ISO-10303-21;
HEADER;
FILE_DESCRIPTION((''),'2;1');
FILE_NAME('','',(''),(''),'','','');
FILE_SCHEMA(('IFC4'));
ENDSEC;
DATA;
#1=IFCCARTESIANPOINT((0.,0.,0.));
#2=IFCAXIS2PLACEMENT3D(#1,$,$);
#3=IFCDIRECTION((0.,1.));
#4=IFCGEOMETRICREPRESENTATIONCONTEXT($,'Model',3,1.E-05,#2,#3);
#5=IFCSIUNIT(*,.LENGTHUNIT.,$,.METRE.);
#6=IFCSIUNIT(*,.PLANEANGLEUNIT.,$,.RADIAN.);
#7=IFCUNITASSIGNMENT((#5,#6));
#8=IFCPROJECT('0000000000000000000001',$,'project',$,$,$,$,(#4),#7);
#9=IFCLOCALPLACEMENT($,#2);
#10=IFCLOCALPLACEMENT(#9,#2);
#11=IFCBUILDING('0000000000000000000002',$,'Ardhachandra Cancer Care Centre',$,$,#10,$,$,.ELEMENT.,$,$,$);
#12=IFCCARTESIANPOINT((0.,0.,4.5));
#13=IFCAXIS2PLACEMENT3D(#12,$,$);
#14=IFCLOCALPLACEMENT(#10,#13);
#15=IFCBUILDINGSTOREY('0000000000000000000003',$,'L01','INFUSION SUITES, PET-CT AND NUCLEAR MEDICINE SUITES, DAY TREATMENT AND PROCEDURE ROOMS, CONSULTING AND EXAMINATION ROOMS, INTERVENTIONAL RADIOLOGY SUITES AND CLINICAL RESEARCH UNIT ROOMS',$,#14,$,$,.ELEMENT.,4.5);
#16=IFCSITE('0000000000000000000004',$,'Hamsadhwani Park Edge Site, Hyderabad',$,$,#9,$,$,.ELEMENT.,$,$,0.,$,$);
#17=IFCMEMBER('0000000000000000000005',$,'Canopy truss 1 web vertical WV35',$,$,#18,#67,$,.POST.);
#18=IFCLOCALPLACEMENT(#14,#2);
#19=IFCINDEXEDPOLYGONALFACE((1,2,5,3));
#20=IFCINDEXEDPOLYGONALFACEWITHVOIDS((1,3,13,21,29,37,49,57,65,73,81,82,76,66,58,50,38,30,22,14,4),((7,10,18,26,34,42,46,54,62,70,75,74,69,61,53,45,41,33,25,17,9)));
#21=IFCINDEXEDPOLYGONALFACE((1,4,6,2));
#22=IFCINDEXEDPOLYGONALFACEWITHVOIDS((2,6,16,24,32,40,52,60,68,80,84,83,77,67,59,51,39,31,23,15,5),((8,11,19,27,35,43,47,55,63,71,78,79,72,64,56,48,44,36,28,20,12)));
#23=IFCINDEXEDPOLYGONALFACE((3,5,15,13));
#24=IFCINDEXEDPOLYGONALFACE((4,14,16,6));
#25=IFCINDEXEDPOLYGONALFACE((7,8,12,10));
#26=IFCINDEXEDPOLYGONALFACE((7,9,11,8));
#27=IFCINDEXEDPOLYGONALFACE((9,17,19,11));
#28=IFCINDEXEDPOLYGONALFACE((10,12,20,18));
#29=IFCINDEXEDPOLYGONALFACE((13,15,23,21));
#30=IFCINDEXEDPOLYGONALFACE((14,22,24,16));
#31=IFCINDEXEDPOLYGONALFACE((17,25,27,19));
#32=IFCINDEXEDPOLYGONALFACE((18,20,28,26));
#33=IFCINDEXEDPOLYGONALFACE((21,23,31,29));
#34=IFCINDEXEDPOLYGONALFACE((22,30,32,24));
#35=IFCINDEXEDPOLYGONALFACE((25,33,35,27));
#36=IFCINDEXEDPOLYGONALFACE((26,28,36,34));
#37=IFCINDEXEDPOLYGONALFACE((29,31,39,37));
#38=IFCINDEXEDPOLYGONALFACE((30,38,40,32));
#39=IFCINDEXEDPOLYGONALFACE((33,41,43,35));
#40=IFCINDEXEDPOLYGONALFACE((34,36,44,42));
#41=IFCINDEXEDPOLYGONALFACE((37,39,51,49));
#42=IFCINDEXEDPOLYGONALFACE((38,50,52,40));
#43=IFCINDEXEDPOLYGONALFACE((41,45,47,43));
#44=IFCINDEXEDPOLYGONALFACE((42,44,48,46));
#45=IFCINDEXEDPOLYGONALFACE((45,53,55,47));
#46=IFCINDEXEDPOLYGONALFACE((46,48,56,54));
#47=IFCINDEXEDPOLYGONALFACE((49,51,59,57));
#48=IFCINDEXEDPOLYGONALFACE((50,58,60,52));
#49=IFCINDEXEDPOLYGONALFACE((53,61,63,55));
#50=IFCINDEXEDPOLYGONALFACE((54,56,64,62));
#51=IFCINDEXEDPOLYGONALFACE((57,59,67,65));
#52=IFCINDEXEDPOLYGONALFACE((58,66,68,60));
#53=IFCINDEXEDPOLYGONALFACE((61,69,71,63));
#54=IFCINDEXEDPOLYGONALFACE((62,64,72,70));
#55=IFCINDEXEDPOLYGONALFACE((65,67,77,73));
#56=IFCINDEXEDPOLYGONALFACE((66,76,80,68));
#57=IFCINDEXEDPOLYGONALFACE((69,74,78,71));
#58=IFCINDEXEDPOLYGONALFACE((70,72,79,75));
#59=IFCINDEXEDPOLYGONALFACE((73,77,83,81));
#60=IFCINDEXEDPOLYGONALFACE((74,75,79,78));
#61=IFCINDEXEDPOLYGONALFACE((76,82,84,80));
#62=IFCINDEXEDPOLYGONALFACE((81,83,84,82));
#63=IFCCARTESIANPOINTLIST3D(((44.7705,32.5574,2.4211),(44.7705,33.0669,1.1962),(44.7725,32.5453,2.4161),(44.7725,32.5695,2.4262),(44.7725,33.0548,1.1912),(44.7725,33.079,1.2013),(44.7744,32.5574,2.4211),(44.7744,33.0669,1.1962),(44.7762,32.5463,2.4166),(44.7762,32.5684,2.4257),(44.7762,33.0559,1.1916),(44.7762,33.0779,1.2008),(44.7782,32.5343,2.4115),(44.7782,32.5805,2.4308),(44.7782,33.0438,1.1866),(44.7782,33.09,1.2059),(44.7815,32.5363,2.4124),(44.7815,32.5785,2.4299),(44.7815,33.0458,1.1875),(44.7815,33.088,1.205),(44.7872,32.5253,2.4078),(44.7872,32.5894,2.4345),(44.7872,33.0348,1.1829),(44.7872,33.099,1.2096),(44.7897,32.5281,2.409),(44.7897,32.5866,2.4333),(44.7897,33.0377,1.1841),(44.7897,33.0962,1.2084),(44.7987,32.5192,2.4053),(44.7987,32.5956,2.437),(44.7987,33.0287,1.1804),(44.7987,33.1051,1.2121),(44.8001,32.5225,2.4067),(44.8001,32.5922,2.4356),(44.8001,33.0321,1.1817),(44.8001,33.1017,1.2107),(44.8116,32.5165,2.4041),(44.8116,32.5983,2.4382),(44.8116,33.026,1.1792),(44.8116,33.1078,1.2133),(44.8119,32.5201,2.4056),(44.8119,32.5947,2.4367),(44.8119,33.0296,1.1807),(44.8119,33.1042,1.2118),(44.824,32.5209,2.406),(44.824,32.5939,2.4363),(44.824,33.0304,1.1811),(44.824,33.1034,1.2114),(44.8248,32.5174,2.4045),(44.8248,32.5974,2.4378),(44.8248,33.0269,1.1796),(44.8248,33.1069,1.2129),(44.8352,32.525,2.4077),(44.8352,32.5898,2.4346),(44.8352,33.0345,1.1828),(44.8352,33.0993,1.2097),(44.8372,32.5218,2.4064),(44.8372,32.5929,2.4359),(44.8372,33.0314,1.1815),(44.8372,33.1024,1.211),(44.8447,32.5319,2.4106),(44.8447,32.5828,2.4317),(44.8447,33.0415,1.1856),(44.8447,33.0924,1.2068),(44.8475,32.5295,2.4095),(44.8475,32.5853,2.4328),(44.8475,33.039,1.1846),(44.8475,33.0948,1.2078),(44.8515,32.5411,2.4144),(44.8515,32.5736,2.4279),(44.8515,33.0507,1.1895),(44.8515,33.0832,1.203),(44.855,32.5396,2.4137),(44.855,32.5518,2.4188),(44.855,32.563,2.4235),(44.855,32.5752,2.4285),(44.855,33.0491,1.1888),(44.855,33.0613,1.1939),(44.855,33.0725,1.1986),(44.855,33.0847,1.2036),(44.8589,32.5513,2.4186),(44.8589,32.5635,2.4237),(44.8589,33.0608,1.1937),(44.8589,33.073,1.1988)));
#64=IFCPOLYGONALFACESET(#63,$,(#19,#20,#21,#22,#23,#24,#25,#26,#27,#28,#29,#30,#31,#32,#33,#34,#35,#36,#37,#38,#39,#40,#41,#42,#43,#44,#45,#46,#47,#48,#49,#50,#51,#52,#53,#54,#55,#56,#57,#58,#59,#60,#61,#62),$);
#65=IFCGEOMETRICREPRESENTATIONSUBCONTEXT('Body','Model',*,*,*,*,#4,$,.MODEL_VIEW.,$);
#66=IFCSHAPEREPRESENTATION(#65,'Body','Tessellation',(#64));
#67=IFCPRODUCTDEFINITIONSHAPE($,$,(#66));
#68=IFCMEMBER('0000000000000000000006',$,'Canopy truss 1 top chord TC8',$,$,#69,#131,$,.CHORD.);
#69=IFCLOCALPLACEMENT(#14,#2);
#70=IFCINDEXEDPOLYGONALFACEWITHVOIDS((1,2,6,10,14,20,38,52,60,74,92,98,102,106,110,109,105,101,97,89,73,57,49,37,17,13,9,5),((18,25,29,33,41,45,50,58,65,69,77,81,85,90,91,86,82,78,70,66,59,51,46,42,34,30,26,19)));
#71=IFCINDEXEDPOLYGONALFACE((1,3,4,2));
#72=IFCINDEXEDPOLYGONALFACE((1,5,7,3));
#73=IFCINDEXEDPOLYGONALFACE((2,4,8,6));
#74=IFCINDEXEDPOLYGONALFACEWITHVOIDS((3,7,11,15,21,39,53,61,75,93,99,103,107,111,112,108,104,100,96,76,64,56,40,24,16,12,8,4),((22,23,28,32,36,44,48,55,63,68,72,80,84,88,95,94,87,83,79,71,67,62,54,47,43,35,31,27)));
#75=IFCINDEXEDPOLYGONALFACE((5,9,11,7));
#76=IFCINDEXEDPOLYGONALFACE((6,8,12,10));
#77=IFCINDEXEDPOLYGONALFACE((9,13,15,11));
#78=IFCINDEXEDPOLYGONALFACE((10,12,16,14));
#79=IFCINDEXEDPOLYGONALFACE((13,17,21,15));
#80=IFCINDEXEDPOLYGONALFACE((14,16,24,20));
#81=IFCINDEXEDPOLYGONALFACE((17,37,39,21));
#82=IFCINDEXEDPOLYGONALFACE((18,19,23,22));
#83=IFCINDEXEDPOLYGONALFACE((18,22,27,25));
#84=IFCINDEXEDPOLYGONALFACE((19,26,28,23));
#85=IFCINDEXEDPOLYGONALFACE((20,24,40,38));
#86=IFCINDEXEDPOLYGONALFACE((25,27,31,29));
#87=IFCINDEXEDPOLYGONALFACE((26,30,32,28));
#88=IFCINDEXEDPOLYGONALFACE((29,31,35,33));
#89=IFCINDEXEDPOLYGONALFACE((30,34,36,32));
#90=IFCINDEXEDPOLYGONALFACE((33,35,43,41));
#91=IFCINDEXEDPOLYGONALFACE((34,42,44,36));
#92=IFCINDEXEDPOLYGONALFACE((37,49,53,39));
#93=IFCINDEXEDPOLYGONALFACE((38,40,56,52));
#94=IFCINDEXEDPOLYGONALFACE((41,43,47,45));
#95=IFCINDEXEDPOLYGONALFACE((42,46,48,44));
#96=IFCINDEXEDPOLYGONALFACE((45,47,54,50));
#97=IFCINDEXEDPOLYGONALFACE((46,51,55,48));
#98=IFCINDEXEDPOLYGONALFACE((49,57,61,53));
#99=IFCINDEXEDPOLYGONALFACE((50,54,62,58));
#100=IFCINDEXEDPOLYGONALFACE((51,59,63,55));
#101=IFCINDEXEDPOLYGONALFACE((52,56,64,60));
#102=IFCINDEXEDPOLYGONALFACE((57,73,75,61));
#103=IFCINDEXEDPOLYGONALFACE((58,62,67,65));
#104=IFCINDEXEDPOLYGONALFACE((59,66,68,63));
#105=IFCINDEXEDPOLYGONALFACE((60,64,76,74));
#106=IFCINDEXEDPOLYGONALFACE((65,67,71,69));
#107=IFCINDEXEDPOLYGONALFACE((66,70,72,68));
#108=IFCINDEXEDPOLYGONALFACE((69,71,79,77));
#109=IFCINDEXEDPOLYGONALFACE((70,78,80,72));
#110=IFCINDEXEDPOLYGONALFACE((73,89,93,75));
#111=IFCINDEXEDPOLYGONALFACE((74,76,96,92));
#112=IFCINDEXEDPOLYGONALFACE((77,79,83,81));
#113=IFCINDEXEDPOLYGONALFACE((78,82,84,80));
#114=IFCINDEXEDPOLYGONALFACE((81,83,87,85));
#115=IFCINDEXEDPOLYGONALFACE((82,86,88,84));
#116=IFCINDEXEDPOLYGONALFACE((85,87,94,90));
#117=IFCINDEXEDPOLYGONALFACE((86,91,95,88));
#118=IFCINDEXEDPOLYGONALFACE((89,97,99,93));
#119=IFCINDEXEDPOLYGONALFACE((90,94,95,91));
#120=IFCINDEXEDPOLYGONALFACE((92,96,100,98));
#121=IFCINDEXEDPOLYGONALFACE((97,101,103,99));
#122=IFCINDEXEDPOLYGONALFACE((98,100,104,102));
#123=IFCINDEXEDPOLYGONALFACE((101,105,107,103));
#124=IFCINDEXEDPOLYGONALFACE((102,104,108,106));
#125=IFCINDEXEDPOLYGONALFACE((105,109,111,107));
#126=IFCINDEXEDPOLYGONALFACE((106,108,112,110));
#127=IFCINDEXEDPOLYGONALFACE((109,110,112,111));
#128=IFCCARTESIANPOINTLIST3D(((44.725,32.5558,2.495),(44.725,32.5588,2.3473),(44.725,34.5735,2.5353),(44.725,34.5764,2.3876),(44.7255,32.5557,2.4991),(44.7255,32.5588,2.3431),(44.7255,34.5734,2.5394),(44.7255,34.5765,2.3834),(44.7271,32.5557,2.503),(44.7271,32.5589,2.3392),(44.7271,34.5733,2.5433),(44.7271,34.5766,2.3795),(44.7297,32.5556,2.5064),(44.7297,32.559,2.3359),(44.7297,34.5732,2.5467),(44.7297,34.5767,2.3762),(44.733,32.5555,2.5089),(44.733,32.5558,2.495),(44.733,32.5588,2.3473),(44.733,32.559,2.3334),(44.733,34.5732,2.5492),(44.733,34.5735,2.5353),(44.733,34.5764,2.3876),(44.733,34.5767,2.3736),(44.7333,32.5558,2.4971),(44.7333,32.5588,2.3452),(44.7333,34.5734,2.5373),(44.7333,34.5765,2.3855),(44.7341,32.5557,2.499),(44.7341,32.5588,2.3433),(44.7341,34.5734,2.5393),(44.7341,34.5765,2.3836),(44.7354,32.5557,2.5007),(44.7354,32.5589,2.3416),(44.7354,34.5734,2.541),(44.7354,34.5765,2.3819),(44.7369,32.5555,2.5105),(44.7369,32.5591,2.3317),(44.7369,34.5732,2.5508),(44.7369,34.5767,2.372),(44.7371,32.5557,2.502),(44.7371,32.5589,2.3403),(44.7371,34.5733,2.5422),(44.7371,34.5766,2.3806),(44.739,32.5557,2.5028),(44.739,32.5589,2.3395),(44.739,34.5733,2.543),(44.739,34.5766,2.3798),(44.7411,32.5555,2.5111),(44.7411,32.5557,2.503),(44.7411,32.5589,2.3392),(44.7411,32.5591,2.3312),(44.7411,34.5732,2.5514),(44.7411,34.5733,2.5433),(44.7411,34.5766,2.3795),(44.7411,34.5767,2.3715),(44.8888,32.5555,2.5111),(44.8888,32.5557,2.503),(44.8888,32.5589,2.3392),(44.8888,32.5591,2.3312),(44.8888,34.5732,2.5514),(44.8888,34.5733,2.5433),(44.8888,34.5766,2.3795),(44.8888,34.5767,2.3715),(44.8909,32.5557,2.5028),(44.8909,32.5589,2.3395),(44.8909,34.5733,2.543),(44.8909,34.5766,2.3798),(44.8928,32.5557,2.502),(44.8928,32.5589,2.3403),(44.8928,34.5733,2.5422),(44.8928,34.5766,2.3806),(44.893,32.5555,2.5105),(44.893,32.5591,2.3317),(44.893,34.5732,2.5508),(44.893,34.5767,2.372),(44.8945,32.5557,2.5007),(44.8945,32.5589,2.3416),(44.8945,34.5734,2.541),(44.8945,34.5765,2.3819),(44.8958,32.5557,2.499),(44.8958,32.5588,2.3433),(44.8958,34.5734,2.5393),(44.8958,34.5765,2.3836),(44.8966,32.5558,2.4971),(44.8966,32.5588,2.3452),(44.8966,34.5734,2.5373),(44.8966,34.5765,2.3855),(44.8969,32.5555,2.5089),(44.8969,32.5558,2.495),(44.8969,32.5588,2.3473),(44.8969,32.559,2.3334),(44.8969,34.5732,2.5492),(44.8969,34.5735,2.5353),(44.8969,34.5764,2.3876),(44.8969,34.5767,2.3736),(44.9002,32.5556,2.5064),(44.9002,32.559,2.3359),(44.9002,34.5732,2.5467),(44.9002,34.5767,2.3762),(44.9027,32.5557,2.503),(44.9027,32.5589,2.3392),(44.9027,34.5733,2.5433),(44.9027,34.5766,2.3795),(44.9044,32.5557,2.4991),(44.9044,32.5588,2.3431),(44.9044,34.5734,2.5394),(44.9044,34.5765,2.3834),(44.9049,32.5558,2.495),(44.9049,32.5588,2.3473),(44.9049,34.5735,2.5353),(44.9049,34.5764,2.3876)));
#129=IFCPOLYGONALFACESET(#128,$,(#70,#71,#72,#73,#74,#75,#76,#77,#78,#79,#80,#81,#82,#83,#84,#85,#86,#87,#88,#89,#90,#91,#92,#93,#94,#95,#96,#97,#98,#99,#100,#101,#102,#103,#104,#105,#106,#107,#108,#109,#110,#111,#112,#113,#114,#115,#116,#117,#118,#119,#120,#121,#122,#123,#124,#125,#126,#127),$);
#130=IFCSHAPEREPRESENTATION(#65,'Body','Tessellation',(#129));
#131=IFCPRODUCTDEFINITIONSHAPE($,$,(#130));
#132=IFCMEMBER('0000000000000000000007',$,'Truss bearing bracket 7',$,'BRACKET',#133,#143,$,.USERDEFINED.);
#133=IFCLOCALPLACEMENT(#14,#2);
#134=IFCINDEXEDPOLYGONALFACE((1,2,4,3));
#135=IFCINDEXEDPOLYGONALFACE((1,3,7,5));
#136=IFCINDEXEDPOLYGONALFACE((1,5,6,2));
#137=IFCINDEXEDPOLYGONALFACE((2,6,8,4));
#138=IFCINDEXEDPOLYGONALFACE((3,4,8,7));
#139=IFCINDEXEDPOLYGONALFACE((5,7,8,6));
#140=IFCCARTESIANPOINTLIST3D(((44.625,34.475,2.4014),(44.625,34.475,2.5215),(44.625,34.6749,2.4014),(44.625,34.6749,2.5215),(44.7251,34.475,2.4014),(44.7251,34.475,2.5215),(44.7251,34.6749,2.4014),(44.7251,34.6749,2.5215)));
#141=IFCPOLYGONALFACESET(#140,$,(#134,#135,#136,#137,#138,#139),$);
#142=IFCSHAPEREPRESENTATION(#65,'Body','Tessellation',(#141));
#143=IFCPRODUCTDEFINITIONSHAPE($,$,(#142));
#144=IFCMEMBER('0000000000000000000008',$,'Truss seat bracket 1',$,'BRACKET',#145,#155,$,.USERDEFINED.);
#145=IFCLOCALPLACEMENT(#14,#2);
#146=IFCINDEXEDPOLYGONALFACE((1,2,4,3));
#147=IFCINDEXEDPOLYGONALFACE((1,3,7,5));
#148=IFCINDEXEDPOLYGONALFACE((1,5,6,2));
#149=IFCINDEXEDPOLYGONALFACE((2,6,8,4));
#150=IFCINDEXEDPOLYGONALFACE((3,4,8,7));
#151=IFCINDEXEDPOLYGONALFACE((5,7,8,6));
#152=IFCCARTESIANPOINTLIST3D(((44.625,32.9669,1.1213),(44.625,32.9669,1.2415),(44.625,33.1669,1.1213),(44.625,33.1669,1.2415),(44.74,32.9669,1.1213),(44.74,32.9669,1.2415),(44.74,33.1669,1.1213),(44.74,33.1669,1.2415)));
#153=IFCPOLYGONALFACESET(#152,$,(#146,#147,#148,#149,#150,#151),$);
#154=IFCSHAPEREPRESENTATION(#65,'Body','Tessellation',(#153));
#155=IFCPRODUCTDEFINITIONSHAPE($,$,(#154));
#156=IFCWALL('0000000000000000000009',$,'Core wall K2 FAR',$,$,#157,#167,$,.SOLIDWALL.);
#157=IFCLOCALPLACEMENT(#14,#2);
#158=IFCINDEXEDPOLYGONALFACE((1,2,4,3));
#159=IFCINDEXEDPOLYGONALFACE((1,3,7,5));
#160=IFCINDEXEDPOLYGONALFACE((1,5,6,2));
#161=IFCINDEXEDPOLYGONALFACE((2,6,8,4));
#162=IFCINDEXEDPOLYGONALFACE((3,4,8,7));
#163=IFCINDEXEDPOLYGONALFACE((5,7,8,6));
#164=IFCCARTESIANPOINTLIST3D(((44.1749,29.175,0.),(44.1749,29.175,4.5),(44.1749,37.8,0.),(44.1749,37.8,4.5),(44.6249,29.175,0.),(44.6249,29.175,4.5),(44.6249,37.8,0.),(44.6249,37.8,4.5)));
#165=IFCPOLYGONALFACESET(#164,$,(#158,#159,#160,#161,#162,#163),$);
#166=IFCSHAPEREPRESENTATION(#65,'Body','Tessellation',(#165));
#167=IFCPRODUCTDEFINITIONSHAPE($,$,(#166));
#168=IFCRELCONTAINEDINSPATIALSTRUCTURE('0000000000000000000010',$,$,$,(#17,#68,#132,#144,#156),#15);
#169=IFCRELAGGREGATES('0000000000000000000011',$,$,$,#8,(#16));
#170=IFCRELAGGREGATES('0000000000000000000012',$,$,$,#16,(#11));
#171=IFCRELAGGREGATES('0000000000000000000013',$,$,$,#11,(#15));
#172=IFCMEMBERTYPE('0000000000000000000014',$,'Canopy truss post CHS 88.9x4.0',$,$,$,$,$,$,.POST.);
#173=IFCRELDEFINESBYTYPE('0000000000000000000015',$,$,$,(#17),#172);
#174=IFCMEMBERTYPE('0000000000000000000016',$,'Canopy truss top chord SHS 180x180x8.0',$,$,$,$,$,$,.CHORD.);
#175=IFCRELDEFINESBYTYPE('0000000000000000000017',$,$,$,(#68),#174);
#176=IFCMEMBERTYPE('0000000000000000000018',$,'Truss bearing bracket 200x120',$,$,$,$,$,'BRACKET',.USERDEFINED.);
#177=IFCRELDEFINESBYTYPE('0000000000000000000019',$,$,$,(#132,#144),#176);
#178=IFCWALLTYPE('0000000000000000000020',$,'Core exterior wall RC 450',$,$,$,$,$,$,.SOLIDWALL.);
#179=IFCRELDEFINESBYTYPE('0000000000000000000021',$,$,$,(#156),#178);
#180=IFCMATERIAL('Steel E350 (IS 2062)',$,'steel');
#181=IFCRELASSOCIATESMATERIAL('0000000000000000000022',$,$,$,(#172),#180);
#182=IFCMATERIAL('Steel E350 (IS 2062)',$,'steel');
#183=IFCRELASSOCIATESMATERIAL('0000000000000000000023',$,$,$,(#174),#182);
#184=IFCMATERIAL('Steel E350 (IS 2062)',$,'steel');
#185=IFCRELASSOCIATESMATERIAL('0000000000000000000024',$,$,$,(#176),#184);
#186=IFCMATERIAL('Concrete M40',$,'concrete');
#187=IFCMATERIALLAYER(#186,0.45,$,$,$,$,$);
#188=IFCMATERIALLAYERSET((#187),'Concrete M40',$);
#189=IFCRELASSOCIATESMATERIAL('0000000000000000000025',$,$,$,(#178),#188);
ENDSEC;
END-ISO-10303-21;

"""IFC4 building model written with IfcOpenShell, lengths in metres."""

from ifc_helpers import new_model, si_unit, direction, frame, frame_2d, origin, origin_2d, place, context, subcontext, project, spatial, rectangle, hollow_rectangle, hollow_circle, extrude, material, layer, layer_set, material_profile, profile_set, type_object, element, save


model = new_model("IFC4")

# Units and contexts
model_context = context("Model", 3, precision=1e-05, world=origin(), true_north=direction((0.0, 1.0)))
body_context = subcontext(model_context, "Body", "Model", "MODEL_VIEW")
ifc_project = project(units=[si_unit("LENGTHUNIT", "METRE"), si_unit("PLANEANGLEUNIT", "RADIAN")], contexts=[model_context])

# Site, building, storey
site_placement = place(None, origin())
site = spatial("IfcSite", under=ifc_project, at=site_placement, Name="Hamsadhwani Park Edge Site, Hyderabad", CompositionType="ELEMENT", RefElevation=0.0)
building_placement = place(site_placement, origin())
building = spatial("IfcBuilding", under=site, at=building_placement, Name="Ardhachandra Cancer Care Centre", CompositionType="ELEMENT")
storey_placement = place(building_placement, frame((0.0, 0.0, 4.5)))
storey = spatial("IfcBuildingStorey", under=building, at=storey_placement, Name="L01", Description="INFUSION SUITES, PET-CT AND NUCLEAR MEDICINE SUITES, DAY TREATMENT AND PROCEDURE ROOMS, CONSULTING AND EXAMINATION ROOMS, INTERVENTIONAL RADIOLOGY SUITES AND CLINICAL RESEARCH UNIT ROOMS", CompositionType="ELEMENT", Elevation=4.5)

# Members
ifc_material_1 = material(Name="Steel E350 (IS 2062)", Category="steel")
ifc_material_profile_1 = material_profile(ifc_material_1, hollow_circle(Radius=0.0444, WallThickness=0.0039, at=origin_2d()), Name="CHS 88.9x4.0")
ifc_profile_set_1 = profile_set([ifc_material_profile_1], Name="Steel E350 (IS 2062)")
member_type_1 = type_object("IfcMemberType", Name="Canopy truss post CHS 88.9x4.0", PredefinedType="POST", material=ifc_profile_set_1)
member_1_placement = place(storey_placement, frame((44.8149, 32.5574, 2.4211), z_axis=(0.0, 0.38408, -0.9233), x_axis=(-1.0, 0.0, 0.0)))
element("IfcMember", 1, at=member_1_placement, inside=storey, type_object=member_type_1, Name="Canopy truss 1 web vertical WV35", PredefinedType="POST", context=body_context, shape_type="SweptSolid", body=[
    extrude(hollow_circle(Radius=0.0444, WallThickness=0.0039, at=origin_2d()), origin(), (0.0, 0.0, 1.0), 1.3267),
])
ifc_material_2 = material(Name="Steel E350 (IS 2062)", Category="steel")
ifc_material_profile_2 = material_profile(ifc_material_2, hollow_rectangle(XDim=0.1799, YDim=0.1799, WallThickness=0.0081, InnerFilletRadius=0.0081, OuterFilletRadius=0.0161, at=origin_2d()), Name="SHS 180x180x8.0")
ifc_profile_set_2 = profile_set([ifc_material_profile_2], Name="Steel E350 (IS 2062)")
member_type_2 = type_object("IfcMemberType", Name="Canopy truss top chord SHS 180x180x8.0", PredefinedType="CHORD", material=ifc_profile_set_2)
member_2_placement = place(storey_placement, frame((44.8149, 34.575, 2.4614), z_axis=(0.0, -0.999801, -0.019962), x_axis=(1.0, 0.0, 0.0)))
element("IfcMember", 2, at=member_2_placement, inside=storey, type_object=member_type_2, Name="Canopy truss 1 top chord TC8", PredefinedType="CHORD", context=body_context, shape_type="SweptSolid", body=[
    extrude(hollow_rectangle(XDim=0.1799, YDim=0.1799, WallThickness=0.0081, InnerFilletRadius=0.0081, OuterFilletRadius=0.0161, at=origin_2d()), origin(), (0.0, 0.0, 1.0), 2.0181),
])
ifc_material_3 = material(Name="Steel E350 (IS 2062)", Category="steel")
ifc_material_profile_3 = material_profile(ifc_material_3, rectangle(XDim=0.2, YDim=0.1201, at=origin_2d()), Name="PL 200x120")
ifc_profile_set_3 = profile_set([ifc_material_profile_3], Name="Steel E350 (IS 2062)")
member_type_3 = type_object("IfcMemberType", Name="Truss bearing bracket 200x120", ElementType="BRACKET", PredefinedType="USERDEFINED", material=ifc_profile_set_3)
member_3_placement = place(storey_placement, frame((44.625, 34.575, 2.4614), z_axis=(1.0, 0.0, 0.0), x_axis=(0.0, 1.0, 0.0)))
element("IfcMember", 3, at=member_3_placement, inside=storey, type_object=member_type_3, Name="Truss bearing bracket 7", ObjectType="BRACKET", PredefinedType="USERDEFINED", context=body_context, shape_type="SweptSolid", body=[
    extrude(rectangle(XDim=0.2, YDim=0.1201, at=origin_2d()), origin(), (0.0, 0.0, 1.0), 0.1001),
])
member_4_placement = place(storey_placement, frame((44.625, 33.0669, 1.1814), z_axis=(1.0, 0.0, 0.0), x_axis=(0.0, 1.0, 0.0)))
element("IfcMember", 4, at=member_4_placement, inside=storey, type_object=member_type_3, Name="Truss seat bracket 1", ObjectType="BRACKET", PredefinedType="USERDEFINED", context=body_context, shape_type="SweptSolid", body=[
    extrude(rectangle(XDim=0.2, YDim=0.1201, at=origin_2d()), origin(), (0.0, 0.0, 1.0), 0.115),
])

# Wall
ifc_material_4 = material(Name="Concrete M40", Category="concrete")
ifc_layer = layer(ifc_material_4, 0.45)
ifc_layer_set = layer_set([ifc_layer], Name="Concrete M40")
wall_type = type_object("IfcWallType", Name="Core exterior wall RC 450", PredefinedType="SOLIDWALL", material=ifc_layer_set)
wall_placement = place(storey_placement, frame((44.3999, 29.175, 0.0), z_axis=(0.0, 0.0, 1.0), x_axis=(0.0, 1.0, 0.0)))
element("IfcWall", 5, at=wall_placement, inside=storey, type_object=wall_type, Name="Core wall K2 FAR", PredefinedType="SOLIDWALL", context=body_context, shape_type="SweptSolid", body=[
    extrude(rectangle(XDim=8.625, YDim=0.45, at=frame_2d((4.3125, 0.0))), origin(), (0.0, 0.0, 1.0), 4.5),
])

save(model, "model.ifc")
